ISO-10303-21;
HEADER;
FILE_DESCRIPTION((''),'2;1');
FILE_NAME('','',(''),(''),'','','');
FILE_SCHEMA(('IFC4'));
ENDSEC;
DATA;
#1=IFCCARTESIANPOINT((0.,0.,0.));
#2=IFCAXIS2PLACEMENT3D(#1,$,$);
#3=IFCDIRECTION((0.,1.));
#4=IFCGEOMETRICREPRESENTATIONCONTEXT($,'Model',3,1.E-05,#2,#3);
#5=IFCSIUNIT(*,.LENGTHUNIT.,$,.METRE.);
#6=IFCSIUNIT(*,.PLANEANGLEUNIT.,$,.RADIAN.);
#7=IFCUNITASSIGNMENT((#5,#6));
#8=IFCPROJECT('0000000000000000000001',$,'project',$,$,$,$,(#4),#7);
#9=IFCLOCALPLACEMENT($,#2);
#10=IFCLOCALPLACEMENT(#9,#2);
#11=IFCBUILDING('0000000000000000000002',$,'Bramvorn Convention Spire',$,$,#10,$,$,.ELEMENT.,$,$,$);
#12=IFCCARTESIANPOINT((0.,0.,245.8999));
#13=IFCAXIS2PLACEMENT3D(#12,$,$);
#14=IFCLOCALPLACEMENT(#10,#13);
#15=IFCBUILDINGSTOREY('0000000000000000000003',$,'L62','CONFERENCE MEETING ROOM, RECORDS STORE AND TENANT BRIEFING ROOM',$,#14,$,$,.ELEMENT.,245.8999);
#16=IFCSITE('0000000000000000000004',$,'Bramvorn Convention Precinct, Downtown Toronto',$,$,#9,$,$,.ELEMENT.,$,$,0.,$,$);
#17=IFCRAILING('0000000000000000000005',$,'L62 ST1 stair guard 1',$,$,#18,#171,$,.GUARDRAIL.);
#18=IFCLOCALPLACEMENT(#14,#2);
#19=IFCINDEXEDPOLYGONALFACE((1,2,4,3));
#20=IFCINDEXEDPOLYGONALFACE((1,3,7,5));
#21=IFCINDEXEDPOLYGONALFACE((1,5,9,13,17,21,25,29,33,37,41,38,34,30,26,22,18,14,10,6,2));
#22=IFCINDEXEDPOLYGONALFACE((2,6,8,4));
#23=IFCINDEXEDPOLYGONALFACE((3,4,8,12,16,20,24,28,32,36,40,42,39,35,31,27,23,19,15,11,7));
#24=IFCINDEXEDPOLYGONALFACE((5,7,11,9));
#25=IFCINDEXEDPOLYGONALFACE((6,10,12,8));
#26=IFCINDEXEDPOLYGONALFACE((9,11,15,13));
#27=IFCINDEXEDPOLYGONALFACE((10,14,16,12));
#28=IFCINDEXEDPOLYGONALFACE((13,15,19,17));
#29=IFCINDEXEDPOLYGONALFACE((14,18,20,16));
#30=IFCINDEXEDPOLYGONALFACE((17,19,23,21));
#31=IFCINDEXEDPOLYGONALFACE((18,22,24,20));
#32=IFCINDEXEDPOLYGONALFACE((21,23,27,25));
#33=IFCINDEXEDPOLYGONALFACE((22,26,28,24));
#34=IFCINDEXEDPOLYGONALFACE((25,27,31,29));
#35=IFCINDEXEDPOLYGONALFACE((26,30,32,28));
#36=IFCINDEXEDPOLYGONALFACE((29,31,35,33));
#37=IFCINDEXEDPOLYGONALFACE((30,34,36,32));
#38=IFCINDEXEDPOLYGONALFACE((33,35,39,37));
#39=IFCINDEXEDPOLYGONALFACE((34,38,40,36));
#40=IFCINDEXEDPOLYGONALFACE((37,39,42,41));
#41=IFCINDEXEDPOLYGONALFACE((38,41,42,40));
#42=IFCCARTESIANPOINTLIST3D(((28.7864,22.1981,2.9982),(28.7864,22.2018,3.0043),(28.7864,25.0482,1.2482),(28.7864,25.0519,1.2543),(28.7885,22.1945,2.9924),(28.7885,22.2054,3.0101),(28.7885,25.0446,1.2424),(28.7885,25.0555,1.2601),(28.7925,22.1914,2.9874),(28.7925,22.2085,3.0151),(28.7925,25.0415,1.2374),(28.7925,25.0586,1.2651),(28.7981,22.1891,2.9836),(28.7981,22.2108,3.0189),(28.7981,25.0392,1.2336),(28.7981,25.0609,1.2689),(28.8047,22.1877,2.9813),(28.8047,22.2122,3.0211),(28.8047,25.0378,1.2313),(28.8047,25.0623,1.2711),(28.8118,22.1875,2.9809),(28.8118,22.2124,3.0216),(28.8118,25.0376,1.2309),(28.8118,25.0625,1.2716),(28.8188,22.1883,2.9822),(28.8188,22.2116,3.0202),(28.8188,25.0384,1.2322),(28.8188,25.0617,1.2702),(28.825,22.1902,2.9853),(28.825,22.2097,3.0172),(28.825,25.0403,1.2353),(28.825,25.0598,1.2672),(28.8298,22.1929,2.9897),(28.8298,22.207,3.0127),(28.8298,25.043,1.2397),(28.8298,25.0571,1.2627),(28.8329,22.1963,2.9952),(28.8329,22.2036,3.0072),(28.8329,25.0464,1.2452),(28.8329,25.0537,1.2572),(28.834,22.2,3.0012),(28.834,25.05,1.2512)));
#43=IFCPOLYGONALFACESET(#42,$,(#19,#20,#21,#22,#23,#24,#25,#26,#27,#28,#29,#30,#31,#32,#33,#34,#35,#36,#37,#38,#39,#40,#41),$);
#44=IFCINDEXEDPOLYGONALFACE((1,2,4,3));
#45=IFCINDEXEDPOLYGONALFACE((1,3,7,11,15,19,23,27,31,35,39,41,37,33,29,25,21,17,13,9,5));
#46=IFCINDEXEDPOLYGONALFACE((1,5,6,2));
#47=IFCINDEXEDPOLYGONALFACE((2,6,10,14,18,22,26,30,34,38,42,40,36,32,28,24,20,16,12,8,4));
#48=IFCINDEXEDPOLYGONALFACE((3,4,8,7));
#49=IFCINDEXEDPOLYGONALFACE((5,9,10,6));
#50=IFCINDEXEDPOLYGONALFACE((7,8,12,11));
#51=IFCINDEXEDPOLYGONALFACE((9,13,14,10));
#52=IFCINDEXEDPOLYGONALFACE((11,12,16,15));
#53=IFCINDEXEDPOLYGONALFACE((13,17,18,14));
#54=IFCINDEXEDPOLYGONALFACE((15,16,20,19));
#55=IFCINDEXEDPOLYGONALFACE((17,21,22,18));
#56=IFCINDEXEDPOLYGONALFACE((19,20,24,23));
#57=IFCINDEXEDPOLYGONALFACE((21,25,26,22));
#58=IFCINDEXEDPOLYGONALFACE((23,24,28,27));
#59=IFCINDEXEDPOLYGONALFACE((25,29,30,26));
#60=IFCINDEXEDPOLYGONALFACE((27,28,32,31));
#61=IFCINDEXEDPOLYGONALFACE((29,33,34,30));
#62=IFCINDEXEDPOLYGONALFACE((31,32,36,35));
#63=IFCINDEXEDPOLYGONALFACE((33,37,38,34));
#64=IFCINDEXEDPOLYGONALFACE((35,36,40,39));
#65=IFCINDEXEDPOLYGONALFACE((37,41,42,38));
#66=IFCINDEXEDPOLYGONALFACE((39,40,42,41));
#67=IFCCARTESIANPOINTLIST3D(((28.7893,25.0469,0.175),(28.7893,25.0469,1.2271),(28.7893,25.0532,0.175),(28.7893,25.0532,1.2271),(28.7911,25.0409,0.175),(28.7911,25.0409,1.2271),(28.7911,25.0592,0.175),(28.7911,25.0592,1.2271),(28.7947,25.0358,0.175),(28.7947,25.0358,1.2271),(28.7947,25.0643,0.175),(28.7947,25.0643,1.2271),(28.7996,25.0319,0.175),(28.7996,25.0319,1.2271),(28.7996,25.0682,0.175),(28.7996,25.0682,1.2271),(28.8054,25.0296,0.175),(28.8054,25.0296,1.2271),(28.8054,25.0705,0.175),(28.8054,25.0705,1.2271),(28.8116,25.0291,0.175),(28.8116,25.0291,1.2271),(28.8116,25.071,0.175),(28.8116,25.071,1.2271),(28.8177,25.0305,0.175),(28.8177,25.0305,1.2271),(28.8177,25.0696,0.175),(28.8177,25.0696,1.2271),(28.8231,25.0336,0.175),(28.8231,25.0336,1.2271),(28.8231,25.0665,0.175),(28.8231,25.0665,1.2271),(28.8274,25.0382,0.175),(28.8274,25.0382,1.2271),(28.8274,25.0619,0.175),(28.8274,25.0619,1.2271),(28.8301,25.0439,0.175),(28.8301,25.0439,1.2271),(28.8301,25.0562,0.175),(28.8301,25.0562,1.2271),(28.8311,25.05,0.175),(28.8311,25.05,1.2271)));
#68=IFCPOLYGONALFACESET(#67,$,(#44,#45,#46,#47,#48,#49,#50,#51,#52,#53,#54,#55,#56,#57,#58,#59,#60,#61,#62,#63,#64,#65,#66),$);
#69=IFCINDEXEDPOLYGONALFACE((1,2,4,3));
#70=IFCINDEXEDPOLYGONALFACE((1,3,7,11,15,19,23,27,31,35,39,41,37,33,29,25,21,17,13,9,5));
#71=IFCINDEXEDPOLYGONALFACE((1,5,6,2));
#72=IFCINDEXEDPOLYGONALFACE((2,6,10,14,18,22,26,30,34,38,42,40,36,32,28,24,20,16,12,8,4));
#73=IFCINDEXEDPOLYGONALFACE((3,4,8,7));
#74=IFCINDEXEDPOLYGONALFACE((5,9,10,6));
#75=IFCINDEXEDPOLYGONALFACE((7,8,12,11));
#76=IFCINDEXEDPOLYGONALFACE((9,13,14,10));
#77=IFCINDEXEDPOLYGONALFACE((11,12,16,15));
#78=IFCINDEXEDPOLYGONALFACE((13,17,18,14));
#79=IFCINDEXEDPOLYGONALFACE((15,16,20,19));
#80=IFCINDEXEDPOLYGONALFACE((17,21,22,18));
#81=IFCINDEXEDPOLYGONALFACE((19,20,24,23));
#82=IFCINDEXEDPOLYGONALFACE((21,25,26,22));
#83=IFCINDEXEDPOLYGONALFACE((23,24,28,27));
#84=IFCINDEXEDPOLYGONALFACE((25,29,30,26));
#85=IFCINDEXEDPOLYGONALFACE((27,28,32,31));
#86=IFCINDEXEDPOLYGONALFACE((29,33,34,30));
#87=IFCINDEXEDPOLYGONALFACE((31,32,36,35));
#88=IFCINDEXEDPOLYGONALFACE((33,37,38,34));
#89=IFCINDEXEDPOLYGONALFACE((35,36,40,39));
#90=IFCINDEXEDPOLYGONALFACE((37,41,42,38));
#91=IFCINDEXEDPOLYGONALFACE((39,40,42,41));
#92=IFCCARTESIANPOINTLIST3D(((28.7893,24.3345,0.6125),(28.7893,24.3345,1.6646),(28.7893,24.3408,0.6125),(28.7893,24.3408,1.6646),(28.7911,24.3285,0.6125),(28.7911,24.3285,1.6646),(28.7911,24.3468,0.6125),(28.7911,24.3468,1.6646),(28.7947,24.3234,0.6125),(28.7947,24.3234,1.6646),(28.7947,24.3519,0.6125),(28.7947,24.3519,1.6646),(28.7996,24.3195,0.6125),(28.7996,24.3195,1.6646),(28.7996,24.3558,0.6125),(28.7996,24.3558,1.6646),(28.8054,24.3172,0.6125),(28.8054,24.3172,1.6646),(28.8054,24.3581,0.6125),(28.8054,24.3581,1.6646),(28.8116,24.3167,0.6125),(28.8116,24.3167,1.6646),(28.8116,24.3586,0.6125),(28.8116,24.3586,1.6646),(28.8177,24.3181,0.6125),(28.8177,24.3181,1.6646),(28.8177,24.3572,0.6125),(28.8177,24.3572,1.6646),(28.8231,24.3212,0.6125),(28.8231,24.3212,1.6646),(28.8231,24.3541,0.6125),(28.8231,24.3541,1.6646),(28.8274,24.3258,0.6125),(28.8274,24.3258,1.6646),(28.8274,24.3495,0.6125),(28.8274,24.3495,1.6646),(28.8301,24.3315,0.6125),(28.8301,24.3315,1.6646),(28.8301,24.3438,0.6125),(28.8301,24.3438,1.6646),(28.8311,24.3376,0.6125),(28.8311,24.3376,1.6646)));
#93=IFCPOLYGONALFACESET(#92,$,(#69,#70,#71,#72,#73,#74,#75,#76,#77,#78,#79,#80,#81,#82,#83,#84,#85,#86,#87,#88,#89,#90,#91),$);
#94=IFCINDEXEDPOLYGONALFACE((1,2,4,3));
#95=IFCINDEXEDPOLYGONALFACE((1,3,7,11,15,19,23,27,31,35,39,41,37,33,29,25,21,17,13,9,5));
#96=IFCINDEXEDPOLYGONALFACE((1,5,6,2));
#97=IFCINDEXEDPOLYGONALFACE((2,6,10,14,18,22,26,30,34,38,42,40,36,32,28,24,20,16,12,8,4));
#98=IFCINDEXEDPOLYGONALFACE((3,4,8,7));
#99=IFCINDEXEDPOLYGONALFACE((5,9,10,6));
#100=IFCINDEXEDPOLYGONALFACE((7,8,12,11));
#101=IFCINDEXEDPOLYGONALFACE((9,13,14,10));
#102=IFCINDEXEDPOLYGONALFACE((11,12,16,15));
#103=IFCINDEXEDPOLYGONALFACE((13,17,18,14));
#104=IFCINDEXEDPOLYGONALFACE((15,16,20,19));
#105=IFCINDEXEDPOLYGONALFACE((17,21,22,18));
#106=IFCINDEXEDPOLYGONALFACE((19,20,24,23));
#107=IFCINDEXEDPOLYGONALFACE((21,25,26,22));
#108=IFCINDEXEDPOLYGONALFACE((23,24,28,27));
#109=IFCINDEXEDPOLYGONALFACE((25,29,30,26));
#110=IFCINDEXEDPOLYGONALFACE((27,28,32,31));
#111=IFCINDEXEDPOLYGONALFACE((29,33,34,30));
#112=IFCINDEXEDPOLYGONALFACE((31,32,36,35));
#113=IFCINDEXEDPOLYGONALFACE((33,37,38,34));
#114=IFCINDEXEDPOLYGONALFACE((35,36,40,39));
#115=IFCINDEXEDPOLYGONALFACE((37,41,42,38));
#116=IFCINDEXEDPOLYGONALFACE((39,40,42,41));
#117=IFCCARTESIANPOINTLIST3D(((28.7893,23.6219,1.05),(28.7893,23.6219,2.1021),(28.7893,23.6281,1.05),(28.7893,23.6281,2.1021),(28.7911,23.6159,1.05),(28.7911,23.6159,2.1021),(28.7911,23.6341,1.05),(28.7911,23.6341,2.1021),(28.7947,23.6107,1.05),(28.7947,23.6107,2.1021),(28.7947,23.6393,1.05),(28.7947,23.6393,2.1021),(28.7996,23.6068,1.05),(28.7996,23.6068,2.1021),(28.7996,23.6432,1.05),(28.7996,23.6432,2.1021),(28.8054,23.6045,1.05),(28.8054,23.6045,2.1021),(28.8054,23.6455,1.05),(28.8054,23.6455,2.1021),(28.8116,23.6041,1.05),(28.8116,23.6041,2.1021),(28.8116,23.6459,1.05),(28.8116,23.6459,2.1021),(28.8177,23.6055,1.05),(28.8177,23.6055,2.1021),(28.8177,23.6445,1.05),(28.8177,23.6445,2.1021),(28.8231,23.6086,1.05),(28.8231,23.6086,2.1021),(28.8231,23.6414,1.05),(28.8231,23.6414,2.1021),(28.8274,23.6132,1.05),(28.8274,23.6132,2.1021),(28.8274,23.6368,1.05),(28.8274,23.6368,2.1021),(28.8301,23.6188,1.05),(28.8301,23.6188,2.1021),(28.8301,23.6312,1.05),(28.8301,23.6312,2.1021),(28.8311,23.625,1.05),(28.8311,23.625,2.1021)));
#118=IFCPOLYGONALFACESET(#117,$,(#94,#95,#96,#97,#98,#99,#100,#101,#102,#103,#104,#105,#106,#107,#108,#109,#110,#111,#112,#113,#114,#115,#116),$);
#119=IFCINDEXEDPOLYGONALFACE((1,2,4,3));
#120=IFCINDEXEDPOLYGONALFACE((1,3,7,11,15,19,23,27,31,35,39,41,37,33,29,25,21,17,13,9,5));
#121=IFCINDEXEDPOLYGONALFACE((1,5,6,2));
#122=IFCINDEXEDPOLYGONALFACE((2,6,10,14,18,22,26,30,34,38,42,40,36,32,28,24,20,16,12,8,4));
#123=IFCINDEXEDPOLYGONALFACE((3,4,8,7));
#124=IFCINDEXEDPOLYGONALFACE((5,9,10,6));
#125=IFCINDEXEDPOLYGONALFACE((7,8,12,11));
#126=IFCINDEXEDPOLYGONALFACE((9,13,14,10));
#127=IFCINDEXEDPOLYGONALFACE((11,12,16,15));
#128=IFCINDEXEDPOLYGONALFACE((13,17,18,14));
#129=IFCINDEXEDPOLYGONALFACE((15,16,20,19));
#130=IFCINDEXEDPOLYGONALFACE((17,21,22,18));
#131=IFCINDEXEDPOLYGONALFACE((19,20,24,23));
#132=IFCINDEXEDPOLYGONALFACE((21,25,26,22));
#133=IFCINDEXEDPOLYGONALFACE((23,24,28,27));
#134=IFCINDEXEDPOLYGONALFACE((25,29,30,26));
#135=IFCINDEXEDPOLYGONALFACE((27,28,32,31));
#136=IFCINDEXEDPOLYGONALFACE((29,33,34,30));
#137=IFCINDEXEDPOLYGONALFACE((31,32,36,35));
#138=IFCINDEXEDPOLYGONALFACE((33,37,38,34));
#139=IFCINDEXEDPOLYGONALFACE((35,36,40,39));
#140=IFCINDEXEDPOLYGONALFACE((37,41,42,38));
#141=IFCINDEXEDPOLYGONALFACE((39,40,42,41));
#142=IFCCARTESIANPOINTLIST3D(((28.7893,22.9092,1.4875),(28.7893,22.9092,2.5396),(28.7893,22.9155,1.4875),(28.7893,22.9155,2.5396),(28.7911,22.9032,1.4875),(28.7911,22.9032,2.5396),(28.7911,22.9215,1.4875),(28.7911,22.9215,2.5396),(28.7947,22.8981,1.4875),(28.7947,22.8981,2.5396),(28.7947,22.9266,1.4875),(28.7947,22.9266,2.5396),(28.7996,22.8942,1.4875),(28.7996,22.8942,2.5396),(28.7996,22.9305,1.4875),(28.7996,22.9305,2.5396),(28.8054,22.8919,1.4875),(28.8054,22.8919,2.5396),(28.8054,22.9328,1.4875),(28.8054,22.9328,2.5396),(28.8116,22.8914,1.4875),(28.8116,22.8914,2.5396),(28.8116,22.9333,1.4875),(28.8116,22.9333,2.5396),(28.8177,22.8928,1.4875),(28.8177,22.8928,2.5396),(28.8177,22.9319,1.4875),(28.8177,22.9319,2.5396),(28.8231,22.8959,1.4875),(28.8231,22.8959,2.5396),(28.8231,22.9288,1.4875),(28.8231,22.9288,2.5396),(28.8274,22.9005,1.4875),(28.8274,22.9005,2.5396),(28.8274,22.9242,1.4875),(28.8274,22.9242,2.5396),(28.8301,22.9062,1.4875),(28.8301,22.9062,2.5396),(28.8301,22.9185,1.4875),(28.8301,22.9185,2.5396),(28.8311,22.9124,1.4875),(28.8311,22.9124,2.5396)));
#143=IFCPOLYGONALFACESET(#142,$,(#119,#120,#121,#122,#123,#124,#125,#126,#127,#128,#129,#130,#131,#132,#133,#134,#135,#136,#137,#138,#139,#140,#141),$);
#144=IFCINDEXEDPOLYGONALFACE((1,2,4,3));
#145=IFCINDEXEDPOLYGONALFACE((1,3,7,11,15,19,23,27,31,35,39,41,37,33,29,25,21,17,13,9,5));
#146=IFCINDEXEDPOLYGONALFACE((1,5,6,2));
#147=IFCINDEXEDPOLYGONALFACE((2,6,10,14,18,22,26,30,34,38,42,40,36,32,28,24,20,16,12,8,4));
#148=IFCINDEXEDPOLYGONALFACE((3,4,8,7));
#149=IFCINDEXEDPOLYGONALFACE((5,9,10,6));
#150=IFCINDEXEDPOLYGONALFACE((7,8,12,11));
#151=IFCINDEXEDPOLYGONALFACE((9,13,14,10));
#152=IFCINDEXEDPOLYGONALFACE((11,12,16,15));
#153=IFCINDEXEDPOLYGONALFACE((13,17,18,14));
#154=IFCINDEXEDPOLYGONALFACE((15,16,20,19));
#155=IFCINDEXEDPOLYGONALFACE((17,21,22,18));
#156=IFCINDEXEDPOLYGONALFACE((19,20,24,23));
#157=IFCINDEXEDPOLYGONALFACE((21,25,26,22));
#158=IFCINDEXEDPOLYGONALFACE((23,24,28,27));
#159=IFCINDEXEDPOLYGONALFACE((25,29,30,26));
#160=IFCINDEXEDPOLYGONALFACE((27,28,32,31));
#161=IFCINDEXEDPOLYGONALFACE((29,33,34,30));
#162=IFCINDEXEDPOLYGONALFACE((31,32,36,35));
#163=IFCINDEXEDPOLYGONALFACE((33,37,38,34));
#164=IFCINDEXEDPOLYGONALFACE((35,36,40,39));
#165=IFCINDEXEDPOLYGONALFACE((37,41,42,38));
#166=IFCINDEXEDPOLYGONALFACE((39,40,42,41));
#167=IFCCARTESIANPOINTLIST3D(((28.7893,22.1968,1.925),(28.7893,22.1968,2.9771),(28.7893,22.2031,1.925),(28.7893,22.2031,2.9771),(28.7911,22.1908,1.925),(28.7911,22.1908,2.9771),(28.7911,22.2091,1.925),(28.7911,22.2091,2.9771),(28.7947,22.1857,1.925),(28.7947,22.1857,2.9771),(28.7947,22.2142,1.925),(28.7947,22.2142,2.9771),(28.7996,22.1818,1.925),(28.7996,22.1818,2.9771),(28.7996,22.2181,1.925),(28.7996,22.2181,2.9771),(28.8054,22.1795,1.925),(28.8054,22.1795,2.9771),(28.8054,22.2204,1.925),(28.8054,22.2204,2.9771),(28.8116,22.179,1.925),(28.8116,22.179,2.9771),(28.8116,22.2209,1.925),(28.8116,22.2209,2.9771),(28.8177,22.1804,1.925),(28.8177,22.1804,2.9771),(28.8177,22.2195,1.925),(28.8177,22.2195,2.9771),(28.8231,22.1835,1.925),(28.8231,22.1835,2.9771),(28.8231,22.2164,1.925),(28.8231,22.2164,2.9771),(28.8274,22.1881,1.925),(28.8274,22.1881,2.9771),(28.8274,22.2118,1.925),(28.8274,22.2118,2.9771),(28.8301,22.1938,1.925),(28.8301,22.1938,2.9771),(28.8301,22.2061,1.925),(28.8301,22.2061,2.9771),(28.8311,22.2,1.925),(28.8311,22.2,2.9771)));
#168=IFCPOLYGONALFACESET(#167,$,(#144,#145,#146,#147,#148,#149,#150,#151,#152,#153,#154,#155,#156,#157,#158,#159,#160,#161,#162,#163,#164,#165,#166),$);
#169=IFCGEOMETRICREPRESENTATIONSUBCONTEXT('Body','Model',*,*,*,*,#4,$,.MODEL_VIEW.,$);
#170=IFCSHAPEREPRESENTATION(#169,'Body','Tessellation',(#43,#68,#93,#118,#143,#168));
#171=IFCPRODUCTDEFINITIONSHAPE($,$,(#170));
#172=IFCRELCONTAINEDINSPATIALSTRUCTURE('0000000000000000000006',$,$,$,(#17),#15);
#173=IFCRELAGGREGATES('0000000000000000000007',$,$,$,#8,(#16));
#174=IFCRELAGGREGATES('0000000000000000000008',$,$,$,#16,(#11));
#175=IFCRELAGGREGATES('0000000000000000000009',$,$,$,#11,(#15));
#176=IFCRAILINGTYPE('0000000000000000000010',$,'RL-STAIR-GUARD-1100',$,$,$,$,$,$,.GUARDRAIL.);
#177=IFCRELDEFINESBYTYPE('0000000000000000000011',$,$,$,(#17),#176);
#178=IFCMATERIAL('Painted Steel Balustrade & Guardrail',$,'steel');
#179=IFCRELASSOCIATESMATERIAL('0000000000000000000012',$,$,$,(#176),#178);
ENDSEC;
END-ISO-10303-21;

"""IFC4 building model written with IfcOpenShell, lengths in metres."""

from ifc_helpers import new_model, si_unit, direction, frame, origin, origin_2d, place, context, subcontext, project, spatial, circle, extrude, material, type_object, element, save


model = new_model("IFC4")

# Units and contexts
model_context = context("Model", 3, precision=1e-05, world=origin(), true_north=direction((0.0, 1.0)))
body_context = subcontext(model_context, "Body", "Model", "MODEL_VIEW")
ifc_project = project(units=[si_unit("LENGTHUNIT", "METRE"), si_unit("PLANEANGLEUNIT", "RADIAN")], contexts=[model_context])

# Site, building, storey
site_placement = place(None, origin())
site = spatial("IfcSite", under=ifc_project, at=site_placement, Name="Bramvorn Convention Precinct, Downtown Toronto", CompositionType="ELEMENT", RefElevation=0.0)
building_placement = place(site_placement, origin())
building = spatial("IfcBuilding", under=site, at=building_placement, Name="Bramvorn Convention Spire", CompositionType="ELEMENT")
storey_placement = place(building_placement, frame((0.0, 0.0, 245.8999)))
storey = spatial("IfcBuildingStorey", under=building, at=storey_placement, Name="L62", Description="CONFERENCE MEETING ROOM, RECORDS STORE AND TENANT BRIEFING ROOM", CompositionType="ELEMENT", Elevation=245.8999)

# Railing
ifc_material_1 = material(Name="Painted Steel Balustrade & Guardrail", Category="steel")
railing_type_1 = type_object("IfcRailingType", Name="RL-STAIR-GUARD-1100", PredefinedType="GUARDRAIL", material=ifc_material_1)
railing_1_placement = place(storey_placement, frame((28.8101, 25.05, 0.175)))
element("IfcRailing", 1, at=railing_1_placement, inside=storey, type_object=railing_type_1, Name="L62 ST1 stair guard 1", PredefinedType="GUARDRAIL", context=body_context, shape_type="SweptSolid", body=[
    extrude(circle(Radius=0.0239, at=origin_2d()), frame((0.0, 0.0, 1.0762), z_axis=(0.0, -0.852179, 0.52325), x_axis=(1.0, 0.0, 0.0)), (0.0, 0.0, 1.0), 3.3445),
    extrude(circle(Radius=0.021, at=origin_2d()), origin(), (0.0, 0.0, 1.0), 1.052),
    extrude(circle(Radius=0.021, at=origin_2d()), frame((0.0, -0.7124, 0.4375)), (0.0, 0.0, 1.0), 1.052),
    extrude(circle(Radius=0.021, at=origin_2d()), frame((0.0, -1.425, 0.875)), (0.0, 0.0, 1.0), 1.052),
    extrude(circle(Radius=0.021, at=origin_2d()), frame((0.0, -2.1377, 1.3125)), (0.0, 0.0, 1.0), 1.052),
    extrude(circle(Radius=0.021, at=origin_2d()), frame((0.0, -2.8501, 1.75)), (0.0, 0.0, 1.0), 1.052),
])

save(model, "model.ifc")
